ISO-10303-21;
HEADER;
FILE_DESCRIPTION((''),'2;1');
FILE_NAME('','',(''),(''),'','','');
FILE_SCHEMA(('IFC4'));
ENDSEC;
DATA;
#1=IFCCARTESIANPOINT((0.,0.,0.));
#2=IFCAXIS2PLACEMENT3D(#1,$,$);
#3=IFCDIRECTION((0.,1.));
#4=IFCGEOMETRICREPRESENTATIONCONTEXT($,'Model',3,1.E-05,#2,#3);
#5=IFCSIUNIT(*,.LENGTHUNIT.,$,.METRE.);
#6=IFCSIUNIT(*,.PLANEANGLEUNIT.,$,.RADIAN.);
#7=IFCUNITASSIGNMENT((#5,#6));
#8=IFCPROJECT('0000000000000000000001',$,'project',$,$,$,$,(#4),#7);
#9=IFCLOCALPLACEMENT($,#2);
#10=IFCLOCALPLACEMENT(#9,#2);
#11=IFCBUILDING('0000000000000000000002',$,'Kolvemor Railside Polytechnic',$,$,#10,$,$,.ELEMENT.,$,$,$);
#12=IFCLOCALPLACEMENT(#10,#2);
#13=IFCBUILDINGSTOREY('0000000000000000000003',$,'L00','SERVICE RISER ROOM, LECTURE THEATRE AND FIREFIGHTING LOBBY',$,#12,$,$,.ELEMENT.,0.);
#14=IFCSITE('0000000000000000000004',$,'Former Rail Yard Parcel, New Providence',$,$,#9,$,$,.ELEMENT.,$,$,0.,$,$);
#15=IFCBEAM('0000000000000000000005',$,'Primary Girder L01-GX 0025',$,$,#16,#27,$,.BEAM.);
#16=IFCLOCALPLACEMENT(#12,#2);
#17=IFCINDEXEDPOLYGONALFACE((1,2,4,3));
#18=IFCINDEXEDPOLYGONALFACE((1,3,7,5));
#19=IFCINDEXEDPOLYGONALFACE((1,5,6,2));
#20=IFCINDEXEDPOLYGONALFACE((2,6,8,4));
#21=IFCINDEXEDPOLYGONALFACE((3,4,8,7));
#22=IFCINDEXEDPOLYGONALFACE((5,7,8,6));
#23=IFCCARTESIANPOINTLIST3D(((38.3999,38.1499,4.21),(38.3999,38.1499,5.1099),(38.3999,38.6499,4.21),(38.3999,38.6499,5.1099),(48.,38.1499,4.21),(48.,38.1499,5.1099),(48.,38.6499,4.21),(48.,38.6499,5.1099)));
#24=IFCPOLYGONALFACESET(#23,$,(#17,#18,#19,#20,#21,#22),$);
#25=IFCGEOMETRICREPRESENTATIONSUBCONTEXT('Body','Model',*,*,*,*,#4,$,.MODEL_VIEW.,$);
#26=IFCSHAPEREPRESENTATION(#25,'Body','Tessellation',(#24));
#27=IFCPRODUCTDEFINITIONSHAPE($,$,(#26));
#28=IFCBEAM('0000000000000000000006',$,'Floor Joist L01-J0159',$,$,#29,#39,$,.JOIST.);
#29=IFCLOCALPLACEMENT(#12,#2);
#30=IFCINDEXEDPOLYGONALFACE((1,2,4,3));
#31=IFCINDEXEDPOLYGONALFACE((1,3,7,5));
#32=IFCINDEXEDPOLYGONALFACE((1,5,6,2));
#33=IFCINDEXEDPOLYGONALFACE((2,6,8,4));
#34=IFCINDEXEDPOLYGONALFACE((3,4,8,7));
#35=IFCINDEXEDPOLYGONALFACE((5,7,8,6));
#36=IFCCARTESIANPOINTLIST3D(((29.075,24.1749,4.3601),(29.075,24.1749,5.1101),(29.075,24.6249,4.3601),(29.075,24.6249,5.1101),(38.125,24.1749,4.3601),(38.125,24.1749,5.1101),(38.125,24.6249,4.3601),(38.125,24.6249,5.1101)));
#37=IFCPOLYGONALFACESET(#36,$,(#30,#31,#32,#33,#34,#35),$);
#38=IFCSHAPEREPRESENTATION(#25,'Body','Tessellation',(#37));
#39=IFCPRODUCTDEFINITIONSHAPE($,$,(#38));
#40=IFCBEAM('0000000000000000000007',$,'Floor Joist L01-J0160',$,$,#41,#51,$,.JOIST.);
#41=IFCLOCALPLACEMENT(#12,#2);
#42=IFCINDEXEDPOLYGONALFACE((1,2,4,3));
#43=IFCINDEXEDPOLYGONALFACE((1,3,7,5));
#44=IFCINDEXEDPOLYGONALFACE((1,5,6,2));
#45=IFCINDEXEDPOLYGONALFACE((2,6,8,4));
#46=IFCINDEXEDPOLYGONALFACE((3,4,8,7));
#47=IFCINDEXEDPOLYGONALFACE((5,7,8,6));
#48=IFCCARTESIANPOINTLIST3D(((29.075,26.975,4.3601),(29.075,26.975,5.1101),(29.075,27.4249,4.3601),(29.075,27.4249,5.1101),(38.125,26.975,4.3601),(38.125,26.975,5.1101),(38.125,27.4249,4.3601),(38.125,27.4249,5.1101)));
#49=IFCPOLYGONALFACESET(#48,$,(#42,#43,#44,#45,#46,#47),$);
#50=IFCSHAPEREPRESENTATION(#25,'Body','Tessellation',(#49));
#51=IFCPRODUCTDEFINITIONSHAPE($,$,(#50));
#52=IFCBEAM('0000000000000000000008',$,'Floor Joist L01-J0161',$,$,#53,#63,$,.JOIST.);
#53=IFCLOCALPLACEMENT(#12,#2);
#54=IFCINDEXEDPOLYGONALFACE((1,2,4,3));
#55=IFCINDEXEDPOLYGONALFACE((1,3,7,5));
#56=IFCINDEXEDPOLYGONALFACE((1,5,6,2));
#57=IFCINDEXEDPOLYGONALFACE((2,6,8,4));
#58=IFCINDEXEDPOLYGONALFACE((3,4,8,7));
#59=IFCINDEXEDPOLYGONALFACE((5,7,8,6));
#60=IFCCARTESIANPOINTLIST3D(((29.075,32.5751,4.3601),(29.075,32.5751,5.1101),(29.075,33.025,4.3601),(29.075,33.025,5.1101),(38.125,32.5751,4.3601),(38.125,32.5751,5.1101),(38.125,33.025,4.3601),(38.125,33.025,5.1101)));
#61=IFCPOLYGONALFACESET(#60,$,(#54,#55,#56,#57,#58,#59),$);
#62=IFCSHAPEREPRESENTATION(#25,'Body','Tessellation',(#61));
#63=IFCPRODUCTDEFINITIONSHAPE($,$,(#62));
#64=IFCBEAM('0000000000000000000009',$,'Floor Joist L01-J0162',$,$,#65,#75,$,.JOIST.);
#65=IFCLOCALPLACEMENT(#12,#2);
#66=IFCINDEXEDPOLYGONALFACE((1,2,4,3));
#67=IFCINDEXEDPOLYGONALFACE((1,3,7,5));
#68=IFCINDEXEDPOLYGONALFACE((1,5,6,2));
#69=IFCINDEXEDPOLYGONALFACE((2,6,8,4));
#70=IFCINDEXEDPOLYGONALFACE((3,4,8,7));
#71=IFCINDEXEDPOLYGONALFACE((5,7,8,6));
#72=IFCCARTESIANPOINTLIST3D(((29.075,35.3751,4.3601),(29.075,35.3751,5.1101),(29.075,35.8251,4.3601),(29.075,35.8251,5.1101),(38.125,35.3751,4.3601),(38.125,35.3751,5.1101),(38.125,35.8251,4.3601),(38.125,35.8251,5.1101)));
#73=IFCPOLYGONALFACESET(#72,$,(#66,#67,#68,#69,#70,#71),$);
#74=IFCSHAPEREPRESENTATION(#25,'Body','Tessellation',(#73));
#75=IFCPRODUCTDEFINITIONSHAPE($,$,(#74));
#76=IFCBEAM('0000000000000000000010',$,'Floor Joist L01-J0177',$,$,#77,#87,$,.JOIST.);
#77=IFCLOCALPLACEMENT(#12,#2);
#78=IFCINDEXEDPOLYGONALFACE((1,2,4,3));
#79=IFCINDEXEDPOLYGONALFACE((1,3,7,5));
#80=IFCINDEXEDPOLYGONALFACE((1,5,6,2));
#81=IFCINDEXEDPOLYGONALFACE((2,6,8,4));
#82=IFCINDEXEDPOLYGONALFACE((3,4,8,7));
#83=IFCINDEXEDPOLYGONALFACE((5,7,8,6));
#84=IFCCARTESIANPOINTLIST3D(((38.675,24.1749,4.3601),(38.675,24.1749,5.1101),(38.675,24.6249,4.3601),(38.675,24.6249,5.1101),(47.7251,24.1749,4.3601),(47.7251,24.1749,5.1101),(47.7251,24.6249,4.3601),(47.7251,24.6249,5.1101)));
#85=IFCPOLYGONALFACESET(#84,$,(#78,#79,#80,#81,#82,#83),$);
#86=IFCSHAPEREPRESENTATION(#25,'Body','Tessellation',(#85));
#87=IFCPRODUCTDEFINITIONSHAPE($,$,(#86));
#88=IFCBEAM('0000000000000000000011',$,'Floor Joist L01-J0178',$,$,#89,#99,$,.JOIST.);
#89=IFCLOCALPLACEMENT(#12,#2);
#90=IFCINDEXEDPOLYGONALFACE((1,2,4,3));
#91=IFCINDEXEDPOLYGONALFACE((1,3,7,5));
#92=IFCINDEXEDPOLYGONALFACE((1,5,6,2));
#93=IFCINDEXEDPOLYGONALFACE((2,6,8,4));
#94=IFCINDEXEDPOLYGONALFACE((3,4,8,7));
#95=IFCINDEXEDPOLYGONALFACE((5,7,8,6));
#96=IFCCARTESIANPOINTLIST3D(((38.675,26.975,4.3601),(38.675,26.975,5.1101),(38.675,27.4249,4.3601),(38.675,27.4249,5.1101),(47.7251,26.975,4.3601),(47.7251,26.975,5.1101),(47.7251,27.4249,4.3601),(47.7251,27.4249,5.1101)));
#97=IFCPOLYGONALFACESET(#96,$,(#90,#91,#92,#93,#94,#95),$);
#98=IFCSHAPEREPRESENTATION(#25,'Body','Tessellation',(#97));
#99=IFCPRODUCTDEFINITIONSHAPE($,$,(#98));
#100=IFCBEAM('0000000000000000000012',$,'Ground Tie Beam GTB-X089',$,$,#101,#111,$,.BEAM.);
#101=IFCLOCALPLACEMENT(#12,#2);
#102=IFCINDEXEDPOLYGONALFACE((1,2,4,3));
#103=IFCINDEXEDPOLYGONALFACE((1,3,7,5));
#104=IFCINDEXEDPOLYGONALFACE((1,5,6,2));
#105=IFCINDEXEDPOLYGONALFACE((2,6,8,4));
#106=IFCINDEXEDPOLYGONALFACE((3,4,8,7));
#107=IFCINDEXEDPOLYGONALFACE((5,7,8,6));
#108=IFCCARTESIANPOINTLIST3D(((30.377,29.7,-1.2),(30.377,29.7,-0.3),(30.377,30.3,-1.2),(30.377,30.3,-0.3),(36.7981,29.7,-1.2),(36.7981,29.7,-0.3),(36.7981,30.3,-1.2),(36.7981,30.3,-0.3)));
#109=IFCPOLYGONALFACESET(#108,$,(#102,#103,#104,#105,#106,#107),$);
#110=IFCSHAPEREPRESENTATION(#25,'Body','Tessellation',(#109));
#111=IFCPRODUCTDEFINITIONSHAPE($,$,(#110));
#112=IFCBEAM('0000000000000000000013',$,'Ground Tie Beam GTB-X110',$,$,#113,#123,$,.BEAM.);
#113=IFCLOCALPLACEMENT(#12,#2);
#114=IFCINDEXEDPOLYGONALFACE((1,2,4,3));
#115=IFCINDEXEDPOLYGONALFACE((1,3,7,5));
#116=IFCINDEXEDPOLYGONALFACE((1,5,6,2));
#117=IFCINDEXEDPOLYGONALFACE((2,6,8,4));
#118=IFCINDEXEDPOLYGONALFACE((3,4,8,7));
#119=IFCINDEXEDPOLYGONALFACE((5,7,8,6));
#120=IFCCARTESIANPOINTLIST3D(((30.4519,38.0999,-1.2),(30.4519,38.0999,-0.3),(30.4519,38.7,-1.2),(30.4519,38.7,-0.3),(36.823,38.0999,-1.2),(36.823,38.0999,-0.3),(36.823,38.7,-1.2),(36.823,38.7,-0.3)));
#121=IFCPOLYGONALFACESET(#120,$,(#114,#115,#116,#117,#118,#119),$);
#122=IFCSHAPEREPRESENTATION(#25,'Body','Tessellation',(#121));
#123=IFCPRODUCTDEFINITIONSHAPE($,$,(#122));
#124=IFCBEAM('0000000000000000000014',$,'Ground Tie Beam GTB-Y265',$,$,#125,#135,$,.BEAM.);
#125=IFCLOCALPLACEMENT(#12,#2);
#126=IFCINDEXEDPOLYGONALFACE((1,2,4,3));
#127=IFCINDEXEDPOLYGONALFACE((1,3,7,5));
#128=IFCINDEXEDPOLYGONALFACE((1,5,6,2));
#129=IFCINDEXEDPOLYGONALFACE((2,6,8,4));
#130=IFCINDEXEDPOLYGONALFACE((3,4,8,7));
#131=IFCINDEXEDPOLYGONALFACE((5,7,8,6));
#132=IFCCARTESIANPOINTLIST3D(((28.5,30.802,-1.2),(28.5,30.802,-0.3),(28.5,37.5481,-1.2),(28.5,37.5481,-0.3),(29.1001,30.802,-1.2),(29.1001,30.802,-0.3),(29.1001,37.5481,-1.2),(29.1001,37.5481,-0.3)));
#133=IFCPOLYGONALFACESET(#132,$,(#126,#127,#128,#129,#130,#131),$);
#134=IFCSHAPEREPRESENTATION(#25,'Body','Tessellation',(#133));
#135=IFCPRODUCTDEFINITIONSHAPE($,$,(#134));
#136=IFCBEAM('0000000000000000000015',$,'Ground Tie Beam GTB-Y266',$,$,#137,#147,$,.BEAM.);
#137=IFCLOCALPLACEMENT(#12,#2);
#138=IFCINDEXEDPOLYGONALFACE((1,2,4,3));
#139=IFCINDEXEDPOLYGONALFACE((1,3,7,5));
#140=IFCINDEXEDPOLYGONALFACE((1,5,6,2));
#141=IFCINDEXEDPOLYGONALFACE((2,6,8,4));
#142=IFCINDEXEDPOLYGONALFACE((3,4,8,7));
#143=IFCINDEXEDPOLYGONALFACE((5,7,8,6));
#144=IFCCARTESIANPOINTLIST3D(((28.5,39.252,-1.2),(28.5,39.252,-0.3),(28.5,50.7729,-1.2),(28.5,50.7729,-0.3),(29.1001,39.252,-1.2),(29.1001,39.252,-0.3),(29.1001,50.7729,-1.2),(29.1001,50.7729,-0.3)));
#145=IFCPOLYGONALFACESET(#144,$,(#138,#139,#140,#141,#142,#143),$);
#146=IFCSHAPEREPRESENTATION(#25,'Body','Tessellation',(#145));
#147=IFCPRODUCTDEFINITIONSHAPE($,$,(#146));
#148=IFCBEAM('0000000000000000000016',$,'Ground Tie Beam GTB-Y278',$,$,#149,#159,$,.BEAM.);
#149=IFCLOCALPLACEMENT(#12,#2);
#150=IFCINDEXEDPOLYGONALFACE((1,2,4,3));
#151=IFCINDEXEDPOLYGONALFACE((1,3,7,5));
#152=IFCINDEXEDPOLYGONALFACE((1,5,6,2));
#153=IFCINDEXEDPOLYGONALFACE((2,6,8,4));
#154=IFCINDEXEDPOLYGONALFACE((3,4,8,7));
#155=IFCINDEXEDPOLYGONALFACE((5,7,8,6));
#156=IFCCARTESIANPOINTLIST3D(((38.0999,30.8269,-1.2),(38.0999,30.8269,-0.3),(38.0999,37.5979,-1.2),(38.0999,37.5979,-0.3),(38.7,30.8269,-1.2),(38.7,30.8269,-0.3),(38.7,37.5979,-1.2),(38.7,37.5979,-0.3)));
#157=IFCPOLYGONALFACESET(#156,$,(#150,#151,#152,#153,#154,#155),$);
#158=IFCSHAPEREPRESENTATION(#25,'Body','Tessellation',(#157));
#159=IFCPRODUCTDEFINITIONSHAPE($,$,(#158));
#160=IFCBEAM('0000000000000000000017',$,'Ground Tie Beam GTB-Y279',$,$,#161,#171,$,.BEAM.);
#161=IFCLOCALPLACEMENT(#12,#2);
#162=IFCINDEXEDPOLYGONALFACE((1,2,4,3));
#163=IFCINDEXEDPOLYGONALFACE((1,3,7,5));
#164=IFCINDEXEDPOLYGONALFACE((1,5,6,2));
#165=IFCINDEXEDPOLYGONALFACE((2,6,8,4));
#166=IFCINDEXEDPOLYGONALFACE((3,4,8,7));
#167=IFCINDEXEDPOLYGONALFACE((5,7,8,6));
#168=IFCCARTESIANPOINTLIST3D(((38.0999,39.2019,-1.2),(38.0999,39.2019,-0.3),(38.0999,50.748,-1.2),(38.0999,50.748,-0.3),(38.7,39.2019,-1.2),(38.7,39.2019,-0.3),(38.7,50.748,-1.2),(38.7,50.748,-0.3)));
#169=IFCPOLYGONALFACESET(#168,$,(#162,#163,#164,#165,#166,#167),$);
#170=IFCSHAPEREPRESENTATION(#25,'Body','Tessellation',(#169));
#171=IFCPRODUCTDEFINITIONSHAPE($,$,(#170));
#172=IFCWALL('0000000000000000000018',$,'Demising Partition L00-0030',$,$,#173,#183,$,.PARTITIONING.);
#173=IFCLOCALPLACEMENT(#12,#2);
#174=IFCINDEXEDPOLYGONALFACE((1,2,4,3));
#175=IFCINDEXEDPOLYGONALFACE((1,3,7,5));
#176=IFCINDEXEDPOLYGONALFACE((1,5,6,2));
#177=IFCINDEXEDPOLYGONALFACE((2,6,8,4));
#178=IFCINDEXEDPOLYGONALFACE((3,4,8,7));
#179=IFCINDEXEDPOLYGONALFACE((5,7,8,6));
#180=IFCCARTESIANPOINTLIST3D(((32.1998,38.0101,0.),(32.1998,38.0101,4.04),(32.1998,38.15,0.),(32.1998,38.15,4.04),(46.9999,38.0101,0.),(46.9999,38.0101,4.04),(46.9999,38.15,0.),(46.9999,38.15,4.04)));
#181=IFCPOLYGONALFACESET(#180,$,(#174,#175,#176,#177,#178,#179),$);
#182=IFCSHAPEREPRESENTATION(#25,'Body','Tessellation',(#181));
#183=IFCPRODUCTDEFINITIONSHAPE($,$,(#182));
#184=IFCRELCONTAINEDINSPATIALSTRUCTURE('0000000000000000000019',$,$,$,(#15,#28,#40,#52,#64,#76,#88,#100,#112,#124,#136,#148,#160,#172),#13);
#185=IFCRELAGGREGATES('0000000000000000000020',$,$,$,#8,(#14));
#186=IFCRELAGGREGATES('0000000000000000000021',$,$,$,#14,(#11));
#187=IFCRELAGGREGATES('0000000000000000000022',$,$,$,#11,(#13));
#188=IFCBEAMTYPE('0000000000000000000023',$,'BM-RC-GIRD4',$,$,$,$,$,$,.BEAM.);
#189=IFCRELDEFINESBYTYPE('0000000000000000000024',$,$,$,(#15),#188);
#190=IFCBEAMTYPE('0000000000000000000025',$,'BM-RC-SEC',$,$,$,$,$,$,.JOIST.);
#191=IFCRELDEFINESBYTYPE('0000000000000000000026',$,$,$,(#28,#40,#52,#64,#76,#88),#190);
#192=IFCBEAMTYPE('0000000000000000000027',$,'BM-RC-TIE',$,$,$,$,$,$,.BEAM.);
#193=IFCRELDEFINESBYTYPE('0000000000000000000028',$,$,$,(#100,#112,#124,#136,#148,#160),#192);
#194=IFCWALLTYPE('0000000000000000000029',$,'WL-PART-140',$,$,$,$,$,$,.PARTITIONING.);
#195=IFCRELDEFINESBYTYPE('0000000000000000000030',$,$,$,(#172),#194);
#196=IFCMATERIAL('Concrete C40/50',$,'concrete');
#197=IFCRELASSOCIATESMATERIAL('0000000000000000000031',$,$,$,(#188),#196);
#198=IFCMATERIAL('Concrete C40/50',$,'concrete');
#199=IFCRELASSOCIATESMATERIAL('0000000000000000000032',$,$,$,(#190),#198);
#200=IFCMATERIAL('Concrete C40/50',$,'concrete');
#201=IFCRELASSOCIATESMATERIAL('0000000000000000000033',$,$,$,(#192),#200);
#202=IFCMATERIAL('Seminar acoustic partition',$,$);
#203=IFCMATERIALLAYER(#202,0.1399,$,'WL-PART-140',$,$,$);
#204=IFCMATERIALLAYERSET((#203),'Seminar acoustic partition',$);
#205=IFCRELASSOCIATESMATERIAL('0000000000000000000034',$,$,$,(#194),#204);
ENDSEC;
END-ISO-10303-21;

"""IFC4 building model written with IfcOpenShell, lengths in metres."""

from ifc_helpers import new_model, si_unit, direction, frame, frame_2d, origin, origin_2d, place, context, subcontext, project, spatial, rectangle, extrude, material, layer, layer_set, material_profile, profile_set, type_object, element, save


model = new_model("IFC4")

# Units and contexts
model_context = context("Model", 3, precision=1e-05, world=origin(), true_north=direction((0.0, 1.0)))
body_context = subcontext(model_context, "Body", "Model", "MODEL_VIEW")
ifc_project = project(units=[si_unit("LENGTHUNIT", "METRE"), si_unit("PLANEANGLEUNIT", "RADIAN")], contexts=[model_context])

# Site, building, storey
site_placement = place(None, origin())
site = spatial("IfcSite", under=ifc_project, at=site_placement, Name="Former Rail Yard Parcel, New Providence", CompositionType="ELEMENT", RefElevation=0.0)
building_placement = place(site_placement, origin())
building = spatial("IfcBuilding", under=site, at=building_placement, Name="Kolvemor Railside Polytechnic", CompositionType="ELEMENT")
storey_placement = place(building_placement, origin())
storey = spatial("IfcBuildingStorey", under=building, at=storey_placement, Name="L00", Description="SERVICE RISER ROOM, LECTURE THEATRE AND FIREFIGHTING LOBBY", CompositionType="ELEMENT", Elevation=0.0)

# Beams
ifc_material_1 = material(Name="Concrete C40/50", Category="concrete")
ifc_material_profile_1 = material_profile(ifc_material_1, rectangle(XDim=0.5, YDim=0.8999, at=origin_2d()), Name="RC500x900")
ifc_profile_set_1 = profile_set([ifc_material_profile_1], Name="Concrete C40/50")
beam_type_1 = type_object("IfcBeamType", Name="BM-RC-GIRD4", PredefinedType="BEAM", material=ifc_profile_set_1)
beam_1_placement = place(storey_placement, frame((38.3999, 38.3999, 4.6599), z_axis=(1.0, 0.0, 0.0), x_axis=(0.0, 1.0, 0.0)))
element("IfcBeam", 1, at=beam_1_placement, inside=storey, type_object=beam_type_1, Name="Primary Girder L01-GX 0025", PredefinedType="BEAM", context=body_context, shape_type="SweptSolid", body=[
    extrude(rectangle(XDim=0.5, YDim=0.8999, at=origin_2d()), origin(), (0.0, 0.0, 1.0), 9.6001),
])
ifc_material_2 = material(Name="Concrete C40/50", Category="concrete")
ifc_material_profile_2 = material_profile(ifc_material_2, rectangle(XDim=0.45, YDim=0.75, at=origin_2d()), Name="RC450x750")
ifc_profile_set_2 = profile_set([ifc_material_profile_2], Name="Concrete C40/50")
beam_type_2 = type_object("IfcBeamType", Name="BM-RC-SEC", PredefinedType="JOIST", material=ifc_profile_set_2)
for number, where, z_axis, x_axis, name in (
    (2, (29.075, 24.3999, 4.7351), (1.0, 0.0, 0.0), (0.0, 1.0, 0.0), "Floor Joist L01-J0159"),
    (3, (29.075, 27.2, 4.7351), (1.0, 0.0, 0.0), (0.0, 1.0, 0.0), "Floor Joist L01-J0160"),
    (4, (29.075, 32.8, 4.7351), (1.0, 0.0, 0.0), (0.0, 1.0, 0.0), "Floor Joist L01-J0161"),
    (5, (29.075, 35.6001, 4.7351), (1.0, 0.0, 0.0), (0.0, 1.0, 0.0), "Floor Joist L01-J0162"),
    (6, (38.675, 24.3999, 4.7351), (1.0, 0.0, 0.0), (0.0, 1.0, 0.0), "Floor Joist L01-J0177"),
    (7, (38.675, 27.2, 4.7351), (1.0, 0.0, 0.0), (0.0, 1.0, 0.0), "Floor Joist L01-J0178"),
):
    element("IfcBeam", number, at=place(storey_placement, frame(where, z_axis=z_axis, x_axis=x_axis)), inside=storey, type_object=beam_type_2, Name=name, PredefinedType="JOIST", context=body_context, shape_type="SweptSolid", body=[
        extrude(rectangle(XDim=0.45, YDim=0.75, at=origin_2d()), origin(), (0.0, 0.0, 1.0), 9.05),
    ])
ifc_material_3 = material(Name="Concrete C40/50", Category="concrete")
ifc_material_profile_3 = material_profile(ifc_material_3, rectangle(XDim=0.6001, YDim=0.8999, at=origin_2d()), Name="RC600x900")
ifc_profile_set_3 = profile_set([ifc_material_profile_3], Name="Concrete C40/50")
beam_type_3 = type_object("IfcBeamType", Name="BM-RC-TIE", PredefinedType="BEAM", material=ifc_profile_set_3)
beam_2_placement = place(storey_placement, frame((30.377, 30.0, -0.75), z_axis=(1.0, 0.0, 0.0), x_axis=(0.0, 1.0, 0.0)))
element("IfcBeam", 8, at=beam_2_placement, inside=storey, type_object=beam_type_3, Name="Ground Tie Beam GTB-X089", PredefinedType="BEAM", context=body_context, shape_type="SweptSolid", body=[
    extrude(rectangle(XDim=0.6001, YDim=0.8999, at=origin_2d()), origin(), (0.0, 0.0, 1.0), 6.4211),
])
beam_3_placement = place(storey_placement, frame((30.4519, 38.3999, -0.75), z_axis=(1.0, 0.0, 0.0), x_axis=(0.0, 1.0, 0.0)))
element("IfcBeam", 9, at=beam_3_placement, inside=storey, type_object=beam_type_3, Name="Ground Tie Beam GTB-X110", PredefinedType="BEAM", context=body_context, shape_type="SweptSolid", body=[
    extrude(rectangle(XDim=0.6001, YDim=0.8999, at=origin_2d()), origin(), (0.0, 0.0, 1.0), 6.3711),
])
beam_4_placement = place(storey_placement, frame((28.8, 30.802, -0.75), z_axis=(0.0, 1.0, 0.0), x_axis=(-1.0, 0.0, 0.0)))
element("IfcBeam", 10, at=beam_4_placement, inside=storey, type_object=beam_type_3, Name="Ground Tie Beam GTB-Y265", PredefinedType="BEAM", context=body_context, shape_type="SweptSolid", body=[
    extrude(rectangle(XDim=0.6001, YDim=0.8999, at=origin_2d()), origin(), (0.0, 0.0, 1.0), 6.7461),
])
beam_5_placement = place(storey_placement, frame((28.8, 39.252, -0.75), z_axis=(0.0, 1.0, 0.0), x_axis=(-1.0, 0.0, 0.0)))
element("IfcBeam", 11, at=beam_5_placement, inside=storey, type_object=beam_type_3, Name="Ground Tie Beam GTB-Y266", PredefinedType="BEAM", context=body_context, shape_type="SweptSolid", body=[
    extrude(rectangle(XDim=0.6001, YDim=0.8999, at=origin_2d()), origin(), (0.0, 0.0, 1.0), 11.521),
])
beam_6_placement = place(storey_placement, frame((38.3999, 30.8269, -0.75), z_axis=(0.0, 1.0, 0.0), x_axis=(-1.0, 0.0, 0.0)))
element("IfcBeam", 12, at=beam_6_placement, inside=storey, type_object=beam_type_3, Name="Ground Tie Beam GTB-Y278", PredefinedType="BEAM", context=body_context, shape_type="SweptSolid", body=[
    extrude(rectangle(XDim=0.6001, YDim=0.8999, at=origin_2d()), origin(), (0.0, 0.0, 1.0), 6.771),
])
beam_7_placement = place(storey_placement, frame((38.3999, 39.2019, -0.75), z_axis=(0.0, 1.0, 0.0), x_axis=(-1.0, 0.0, 0.0)))
element("IfcBeam", 13, at=beam_7_placement, inside=storey, type_object=beam_type_3, Name="Ground Tie Beam GTB-Y279", PredefinedType="BEAM", context=body_context, shape_type="SweptSolid", body=[
    extrude(rectangle(XDim=0.6001, YDim=0.8999, at=origin_2d()), origin(), (0.0, 0.0, 1.0), 11.5461),
])

# Wall
ifc_material_4 = material(Name="Seminar acoustic partition")
ifc_layer_1 = layer(ifc_material_4, 0.1399, Name="WL-PART-140")
ifc_layer_set_1 = layer_set([ifc_layer_1], Name="Seminar acoustic partition")
wall_type_1 = type_object("IfcWallType", Name="WL-PART-140", PredefinedType="PARTITIONING", material=ifc_layer_set_1)
wall_1_placement = place(storey_placement, frame((32.2, 38.0801, 0.0), z_axis=(0.0, 0.0, 1.0), x_axis=(1.0, 0.0, 0.0)))
element("IfcWall", 14, at=wall_1_placement, inside=storey, type_object=wall_type_1, Name="Demising Partition L00-0030", PredefinedType="PARTITIONING", context=body_context, shape_type="SweptSolid", body=[
    extrude(rectangle(XDim=14.8, YDim=0.1399, at=frame_2d((7.3999, 0.0))), origin(), (0.0, 0.0, 1.0), 4.04),
])

save(model, "model.ifc")
